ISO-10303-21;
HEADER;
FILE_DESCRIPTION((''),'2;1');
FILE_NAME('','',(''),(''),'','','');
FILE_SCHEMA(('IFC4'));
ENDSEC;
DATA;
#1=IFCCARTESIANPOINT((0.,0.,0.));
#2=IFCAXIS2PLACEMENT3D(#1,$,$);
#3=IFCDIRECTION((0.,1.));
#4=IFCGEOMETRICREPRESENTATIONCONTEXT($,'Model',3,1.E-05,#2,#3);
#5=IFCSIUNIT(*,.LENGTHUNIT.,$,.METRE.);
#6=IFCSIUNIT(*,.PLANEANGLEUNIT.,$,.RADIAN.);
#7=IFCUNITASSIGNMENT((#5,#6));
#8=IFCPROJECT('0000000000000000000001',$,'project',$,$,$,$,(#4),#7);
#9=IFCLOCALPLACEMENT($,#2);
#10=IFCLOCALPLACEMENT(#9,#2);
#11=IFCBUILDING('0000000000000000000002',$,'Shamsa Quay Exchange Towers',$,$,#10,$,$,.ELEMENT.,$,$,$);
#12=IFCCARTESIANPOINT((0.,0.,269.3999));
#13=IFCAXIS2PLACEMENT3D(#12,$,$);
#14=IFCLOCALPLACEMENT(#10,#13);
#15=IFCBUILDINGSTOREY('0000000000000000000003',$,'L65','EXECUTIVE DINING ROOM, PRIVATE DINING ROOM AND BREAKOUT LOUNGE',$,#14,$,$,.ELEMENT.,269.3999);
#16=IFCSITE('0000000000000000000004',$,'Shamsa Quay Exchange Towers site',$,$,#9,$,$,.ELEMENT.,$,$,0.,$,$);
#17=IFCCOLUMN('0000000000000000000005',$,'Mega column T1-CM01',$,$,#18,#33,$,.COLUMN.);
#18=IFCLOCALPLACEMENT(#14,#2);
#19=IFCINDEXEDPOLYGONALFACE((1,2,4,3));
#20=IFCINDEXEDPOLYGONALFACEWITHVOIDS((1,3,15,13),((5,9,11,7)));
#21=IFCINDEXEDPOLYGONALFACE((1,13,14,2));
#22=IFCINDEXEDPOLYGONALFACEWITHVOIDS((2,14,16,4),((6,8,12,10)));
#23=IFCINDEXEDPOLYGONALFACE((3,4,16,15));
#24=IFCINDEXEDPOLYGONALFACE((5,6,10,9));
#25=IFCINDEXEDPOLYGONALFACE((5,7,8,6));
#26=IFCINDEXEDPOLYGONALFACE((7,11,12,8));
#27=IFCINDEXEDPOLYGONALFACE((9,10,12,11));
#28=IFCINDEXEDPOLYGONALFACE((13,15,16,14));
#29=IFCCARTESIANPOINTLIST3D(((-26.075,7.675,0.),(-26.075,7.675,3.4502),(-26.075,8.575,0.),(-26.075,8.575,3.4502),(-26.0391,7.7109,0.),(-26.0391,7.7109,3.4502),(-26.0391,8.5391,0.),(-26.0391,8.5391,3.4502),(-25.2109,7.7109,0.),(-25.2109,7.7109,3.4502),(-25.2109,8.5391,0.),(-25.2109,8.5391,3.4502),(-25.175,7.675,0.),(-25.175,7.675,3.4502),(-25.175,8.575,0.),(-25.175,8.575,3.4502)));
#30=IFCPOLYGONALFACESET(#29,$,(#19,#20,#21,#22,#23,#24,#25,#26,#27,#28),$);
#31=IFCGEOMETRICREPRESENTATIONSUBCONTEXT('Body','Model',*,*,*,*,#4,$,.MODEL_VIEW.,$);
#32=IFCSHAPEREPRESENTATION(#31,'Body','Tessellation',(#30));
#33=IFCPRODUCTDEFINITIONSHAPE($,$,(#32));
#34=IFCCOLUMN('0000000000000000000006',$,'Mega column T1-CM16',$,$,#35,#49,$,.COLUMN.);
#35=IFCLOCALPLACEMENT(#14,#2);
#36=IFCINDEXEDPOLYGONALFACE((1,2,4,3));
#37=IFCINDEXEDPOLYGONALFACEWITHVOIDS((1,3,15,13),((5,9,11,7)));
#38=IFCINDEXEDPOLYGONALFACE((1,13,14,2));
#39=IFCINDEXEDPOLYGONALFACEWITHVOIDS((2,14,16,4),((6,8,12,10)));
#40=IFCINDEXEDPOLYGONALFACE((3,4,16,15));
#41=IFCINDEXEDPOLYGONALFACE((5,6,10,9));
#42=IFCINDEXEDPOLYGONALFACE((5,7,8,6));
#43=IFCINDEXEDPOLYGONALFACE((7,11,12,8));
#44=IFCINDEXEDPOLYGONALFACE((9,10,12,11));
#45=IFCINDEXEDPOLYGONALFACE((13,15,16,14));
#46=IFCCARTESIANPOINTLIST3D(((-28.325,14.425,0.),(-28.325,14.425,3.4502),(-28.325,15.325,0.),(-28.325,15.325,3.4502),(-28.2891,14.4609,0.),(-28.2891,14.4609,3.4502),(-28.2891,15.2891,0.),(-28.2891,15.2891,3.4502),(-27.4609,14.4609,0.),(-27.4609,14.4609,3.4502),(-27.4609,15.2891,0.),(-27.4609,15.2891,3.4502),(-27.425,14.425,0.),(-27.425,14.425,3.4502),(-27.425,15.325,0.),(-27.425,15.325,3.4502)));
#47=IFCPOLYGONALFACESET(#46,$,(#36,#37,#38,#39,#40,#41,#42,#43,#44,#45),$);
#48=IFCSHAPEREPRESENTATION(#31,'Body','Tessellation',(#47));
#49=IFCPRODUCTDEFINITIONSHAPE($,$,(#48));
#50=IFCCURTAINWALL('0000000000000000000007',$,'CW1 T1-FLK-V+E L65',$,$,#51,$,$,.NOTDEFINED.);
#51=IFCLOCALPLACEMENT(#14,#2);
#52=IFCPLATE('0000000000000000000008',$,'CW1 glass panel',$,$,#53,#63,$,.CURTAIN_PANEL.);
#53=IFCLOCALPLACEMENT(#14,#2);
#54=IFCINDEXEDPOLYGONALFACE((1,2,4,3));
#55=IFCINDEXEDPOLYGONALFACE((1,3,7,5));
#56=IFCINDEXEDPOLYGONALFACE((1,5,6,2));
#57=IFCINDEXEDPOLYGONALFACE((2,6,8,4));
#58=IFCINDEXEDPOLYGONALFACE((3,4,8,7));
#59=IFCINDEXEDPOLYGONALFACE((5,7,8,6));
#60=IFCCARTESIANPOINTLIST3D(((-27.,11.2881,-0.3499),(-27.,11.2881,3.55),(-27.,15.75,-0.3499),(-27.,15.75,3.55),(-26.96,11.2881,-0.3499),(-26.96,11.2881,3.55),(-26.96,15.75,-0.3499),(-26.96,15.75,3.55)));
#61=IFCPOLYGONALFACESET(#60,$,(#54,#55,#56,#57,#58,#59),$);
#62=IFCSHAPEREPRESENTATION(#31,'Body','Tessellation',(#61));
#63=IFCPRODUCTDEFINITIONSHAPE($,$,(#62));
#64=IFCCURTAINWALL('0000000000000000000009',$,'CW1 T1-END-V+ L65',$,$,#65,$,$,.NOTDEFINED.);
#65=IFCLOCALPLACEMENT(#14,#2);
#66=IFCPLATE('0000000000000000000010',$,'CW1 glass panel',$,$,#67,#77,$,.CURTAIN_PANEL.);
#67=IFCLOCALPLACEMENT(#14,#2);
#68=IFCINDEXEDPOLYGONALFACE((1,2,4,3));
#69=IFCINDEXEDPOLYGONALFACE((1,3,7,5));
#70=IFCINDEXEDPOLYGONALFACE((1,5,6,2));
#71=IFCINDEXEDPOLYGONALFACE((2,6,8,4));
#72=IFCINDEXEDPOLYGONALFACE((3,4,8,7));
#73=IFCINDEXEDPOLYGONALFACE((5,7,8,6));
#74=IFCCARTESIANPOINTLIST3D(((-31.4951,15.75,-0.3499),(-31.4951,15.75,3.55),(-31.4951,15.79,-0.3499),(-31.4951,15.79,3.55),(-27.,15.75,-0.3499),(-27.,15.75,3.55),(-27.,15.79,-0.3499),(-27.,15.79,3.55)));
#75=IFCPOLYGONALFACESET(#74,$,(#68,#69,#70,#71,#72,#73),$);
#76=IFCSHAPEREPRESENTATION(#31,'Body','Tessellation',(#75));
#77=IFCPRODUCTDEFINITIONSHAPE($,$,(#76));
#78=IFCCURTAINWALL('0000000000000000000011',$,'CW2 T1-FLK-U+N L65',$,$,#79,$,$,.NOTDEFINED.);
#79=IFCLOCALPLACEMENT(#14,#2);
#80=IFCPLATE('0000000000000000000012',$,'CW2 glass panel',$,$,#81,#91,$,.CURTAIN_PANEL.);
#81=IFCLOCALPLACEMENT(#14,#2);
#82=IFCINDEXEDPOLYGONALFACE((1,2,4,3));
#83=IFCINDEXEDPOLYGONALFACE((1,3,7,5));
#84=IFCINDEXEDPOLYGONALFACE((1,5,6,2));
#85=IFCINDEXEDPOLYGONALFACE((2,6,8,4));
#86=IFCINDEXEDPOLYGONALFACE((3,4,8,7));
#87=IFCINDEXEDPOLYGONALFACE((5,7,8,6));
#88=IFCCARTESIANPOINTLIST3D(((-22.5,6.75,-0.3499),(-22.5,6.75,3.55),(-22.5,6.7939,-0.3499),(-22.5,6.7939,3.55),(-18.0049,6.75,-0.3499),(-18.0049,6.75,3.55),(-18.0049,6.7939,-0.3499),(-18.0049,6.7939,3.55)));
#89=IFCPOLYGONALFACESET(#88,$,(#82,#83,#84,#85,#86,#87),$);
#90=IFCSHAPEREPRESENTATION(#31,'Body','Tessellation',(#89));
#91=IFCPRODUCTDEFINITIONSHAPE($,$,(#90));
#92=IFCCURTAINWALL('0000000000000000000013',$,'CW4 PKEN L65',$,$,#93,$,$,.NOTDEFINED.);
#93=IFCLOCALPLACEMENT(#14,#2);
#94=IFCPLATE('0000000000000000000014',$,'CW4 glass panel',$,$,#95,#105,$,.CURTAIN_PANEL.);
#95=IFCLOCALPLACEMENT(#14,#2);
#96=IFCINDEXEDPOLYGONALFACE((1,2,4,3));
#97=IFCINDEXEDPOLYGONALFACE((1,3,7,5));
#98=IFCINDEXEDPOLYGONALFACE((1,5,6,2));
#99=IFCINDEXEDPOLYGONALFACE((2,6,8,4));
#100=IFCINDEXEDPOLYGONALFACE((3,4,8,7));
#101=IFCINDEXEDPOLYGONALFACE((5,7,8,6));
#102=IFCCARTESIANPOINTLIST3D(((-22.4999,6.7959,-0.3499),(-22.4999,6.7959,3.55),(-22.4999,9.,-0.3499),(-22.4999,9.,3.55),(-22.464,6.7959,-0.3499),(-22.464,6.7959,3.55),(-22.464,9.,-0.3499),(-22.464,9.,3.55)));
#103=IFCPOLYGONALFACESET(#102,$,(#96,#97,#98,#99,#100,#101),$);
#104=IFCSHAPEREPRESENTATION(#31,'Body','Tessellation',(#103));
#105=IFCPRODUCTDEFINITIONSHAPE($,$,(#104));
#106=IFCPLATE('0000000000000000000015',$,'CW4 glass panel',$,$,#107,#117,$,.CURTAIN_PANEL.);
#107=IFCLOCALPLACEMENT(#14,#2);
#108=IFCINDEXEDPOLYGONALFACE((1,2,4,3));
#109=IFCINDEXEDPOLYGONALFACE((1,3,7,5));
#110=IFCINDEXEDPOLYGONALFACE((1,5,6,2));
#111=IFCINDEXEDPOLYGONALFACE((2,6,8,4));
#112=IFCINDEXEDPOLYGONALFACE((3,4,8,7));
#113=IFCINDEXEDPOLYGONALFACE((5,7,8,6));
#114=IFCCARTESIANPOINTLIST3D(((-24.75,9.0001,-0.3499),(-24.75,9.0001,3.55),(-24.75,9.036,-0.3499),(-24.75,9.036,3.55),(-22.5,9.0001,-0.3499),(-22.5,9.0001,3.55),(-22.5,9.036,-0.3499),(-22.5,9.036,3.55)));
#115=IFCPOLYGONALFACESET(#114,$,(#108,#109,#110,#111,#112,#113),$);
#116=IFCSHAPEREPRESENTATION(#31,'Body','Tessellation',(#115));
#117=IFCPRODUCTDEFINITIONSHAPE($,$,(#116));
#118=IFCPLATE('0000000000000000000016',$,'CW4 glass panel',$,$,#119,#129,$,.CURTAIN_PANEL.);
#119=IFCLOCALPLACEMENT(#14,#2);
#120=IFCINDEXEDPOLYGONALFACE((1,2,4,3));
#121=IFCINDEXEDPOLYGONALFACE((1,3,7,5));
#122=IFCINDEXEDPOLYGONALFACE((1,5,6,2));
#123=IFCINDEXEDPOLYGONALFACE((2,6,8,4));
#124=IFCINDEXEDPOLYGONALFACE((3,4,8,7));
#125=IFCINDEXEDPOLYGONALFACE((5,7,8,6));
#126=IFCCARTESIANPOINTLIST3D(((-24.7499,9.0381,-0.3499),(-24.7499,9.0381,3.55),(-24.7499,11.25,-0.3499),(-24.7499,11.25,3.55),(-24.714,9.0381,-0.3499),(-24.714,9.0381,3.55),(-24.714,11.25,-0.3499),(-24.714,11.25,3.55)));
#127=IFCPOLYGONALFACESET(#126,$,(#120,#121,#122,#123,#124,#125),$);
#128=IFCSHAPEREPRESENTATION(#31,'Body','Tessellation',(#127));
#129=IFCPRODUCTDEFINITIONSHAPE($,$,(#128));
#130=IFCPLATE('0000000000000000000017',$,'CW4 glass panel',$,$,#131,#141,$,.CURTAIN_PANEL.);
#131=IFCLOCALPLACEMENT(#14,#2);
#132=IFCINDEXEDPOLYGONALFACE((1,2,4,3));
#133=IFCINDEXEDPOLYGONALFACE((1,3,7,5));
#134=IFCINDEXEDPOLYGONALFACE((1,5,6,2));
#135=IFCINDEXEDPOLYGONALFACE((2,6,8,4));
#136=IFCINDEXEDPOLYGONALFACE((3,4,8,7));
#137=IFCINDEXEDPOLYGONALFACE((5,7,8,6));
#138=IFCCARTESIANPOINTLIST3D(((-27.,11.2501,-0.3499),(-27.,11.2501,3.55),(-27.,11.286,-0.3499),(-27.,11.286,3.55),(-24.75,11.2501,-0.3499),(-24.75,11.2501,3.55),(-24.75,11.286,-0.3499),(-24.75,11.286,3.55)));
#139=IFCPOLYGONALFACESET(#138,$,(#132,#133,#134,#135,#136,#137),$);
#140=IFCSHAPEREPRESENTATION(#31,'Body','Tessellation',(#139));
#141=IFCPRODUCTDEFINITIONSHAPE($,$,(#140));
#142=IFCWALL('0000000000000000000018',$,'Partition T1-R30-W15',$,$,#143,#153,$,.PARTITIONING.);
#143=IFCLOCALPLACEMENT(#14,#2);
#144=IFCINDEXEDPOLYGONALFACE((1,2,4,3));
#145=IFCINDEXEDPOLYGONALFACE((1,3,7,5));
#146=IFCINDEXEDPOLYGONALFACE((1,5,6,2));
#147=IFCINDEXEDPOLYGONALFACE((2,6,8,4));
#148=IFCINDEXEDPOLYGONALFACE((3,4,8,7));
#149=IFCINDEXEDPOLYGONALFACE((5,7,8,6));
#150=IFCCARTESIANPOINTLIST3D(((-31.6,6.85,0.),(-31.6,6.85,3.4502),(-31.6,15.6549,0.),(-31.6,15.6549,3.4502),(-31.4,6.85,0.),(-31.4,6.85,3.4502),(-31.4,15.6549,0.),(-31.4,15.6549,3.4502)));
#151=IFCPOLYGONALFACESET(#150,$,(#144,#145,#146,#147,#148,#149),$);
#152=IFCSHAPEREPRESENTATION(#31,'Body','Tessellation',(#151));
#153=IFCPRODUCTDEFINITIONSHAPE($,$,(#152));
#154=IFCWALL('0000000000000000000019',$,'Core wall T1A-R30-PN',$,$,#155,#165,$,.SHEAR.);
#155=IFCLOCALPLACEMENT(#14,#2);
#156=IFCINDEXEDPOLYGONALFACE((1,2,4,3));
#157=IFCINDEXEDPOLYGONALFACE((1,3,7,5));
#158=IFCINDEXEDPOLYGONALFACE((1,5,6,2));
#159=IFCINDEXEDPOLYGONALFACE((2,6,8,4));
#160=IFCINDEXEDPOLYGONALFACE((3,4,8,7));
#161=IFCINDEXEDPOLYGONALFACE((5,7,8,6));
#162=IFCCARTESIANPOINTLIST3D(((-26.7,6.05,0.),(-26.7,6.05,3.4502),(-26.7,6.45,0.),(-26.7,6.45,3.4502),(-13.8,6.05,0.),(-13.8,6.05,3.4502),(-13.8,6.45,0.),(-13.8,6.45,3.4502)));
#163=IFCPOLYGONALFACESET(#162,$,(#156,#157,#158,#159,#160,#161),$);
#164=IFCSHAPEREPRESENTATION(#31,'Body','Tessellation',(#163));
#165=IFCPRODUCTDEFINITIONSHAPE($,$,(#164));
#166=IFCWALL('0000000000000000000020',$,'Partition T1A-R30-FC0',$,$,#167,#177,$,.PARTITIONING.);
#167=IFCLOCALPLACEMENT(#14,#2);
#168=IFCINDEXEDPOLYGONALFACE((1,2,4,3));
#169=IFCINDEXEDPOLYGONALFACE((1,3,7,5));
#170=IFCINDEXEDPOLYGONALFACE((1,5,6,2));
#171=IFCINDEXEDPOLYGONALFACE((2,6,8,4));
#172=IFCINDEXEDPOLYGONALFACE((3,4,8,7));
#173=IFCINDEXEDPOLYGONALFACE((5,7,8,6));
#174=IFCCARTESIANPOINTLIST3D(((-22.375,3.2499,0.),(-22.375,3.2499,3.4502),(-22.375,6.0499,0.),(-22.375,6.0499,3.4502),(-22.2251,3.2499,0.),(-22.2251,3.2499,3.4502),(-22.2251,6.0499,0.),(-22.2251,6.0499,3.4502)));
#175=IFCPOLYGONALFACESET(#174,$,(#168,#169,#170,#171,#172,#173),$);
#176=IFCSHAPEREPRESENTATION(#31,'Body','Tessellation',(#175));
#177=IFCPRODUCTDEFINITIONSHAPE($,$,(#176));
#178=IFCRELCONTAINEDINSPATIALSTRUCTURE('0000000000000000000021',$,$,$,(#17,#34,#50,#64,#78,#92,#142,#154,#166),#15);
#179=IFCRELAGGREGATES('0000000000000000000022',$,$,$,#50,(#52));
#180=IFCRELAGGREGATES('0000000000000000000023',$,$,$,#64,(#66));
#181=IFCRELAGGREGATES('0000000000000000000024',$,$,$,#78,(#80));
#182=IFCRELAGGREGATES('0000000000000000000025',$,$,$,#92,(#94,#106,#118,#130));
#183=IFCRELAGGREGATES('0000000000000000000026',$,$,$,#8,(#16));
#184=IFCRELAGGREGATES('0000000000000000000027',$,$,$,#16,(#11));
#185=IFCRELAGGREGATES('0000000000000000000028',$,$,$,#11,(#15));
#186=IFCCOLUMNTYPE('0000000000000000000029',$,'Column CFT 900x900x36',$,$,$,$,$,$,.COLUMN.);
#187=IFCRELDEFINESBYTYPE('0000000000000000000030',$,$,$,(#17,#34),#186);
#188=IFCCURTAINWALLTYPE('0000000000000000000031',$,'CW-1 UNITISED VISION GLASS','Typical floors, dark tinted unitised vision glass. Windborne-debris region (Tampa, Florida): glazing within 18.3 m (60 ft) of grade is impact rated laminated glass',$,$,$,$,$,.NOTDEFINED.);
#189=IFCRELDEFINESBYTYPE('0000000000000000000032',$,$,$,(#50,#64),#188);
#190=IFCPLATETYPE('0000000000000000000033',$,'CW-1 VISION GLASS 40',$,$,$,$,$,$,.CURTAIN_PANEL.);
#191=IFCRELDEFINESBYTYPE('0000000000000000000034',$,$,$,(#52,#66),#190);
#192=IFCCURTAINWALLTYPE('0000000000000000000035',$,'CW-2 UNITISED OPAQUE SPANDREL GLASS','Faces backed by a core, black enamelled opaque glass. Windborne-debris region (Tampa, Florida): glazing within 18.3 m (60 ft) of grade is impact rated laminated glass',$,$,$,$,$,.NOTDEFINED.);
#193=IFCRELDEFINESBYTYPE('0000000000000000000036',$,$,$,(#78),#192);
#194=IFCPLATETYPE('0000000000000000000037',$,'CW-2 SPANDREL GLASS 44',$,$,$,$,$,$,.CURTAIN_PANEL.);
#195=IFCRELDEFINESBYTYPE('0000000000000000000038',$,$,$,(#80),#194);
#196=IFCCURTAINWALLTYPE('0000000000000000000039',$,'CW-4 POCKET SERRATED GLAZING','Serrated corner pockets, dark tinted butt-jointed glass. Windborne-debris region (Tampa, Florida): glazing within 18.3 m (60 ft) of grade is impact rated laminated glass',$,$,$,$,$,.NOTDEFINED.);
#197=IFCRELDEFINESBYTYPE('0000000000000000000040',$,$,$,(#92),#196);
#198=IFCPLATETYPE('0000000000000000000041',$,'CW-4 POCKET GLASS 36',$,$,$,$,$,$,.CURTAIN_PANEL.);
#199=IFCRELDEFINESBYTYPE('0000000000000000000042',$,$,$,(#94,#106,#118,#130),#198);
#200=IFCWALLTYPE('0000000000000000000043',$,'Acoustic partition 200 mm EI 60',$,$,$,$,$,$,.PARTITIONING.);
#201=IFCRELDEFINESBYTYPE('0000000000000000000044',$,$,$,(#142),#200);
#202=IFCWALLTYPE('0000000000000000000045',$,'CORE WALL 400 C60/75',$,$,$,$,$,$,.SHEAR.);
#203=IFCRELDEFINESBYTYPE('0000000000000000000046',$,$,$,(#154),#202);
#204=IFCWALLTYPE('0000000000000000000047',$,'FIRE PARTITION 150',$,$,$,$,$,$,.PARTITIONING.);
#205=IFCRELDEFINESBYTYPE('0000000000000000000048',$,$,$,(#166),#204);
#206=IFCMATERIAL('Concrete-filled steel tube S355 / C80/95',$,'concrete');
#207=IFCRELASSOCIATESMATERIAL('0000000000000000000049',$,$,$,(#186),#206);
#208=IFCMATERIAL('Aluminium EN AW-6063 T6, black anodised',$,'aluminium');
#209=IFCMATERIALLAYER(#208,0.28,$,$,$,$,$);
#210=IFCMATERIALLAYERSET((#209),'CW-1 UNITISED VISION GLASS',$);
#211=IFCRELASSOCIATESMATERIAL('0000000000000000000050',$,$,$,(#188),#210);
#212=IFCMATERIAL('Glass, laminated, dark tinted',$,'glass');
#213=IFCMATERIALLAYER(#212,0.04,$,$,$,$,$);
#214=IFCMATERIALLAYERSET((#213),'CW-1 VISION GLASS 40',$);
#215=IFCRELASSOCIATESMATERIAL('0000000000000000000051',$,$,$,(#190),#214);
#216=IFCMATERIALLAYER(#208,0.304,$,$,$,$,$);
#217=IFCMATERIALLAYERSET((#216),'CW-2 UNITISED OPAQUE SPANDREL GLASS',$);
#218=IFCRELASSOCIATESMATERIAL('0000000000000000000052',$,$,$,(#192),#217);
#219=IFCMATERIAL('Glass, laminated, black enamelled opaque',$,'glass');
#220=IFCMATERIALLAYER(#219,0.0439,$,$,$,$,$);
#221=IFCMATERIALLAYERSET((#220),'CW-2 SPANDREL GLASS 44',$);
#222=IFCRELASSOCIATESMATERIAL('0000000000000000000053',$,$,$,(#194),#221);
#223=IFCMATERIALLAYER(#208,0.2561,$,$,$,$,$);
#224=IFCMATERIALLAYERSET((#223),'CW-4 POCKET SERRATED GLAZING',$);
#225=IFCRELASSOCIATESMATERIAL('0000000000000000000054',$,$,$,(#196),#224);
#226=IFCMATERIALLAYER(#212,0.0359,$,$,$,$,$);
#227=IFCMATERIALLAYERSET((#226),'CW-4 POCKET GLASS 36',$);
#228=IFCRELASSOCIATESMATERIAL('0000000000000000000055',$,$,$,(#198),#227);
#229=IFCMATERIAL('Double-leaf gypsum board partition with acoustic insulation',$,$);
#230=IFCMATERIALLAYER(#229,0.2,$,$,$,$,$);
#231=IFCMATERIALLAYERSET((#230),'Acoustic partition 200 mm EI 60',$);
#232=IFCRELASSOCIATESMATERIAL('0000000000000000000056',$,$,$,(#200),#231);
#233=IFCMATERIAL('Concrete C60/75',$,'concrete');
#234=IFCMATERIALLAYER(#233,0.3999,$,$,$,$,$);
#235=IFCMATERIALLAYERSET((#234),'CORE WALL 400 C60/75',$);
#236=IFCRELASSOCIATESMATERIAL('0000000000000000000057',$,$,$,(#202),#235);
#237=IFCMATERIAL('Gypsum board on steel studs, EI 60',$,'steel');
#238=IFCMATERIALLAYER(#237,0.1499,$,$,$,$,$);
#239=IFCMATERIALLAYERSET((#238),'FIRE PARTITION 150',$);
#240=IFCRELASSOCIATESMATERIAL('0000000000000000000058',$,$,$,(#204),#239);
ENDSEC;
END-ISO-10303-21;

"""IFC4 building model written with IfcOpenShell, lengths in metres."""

from ifc_helpers import new_model, si_unit, direction, frame, frame_2d, origin, origin_2d, place, context, subcontext, project, spatial, rectangle, hollow_rectangle, extrude, material, layer, layer_set, material_profile, profile_set, type_object, element, aggregate, save


model = new_model("IFC4")

# Units and contexts
model_context = context("Model", 3, precision=1e-05, world=origin(), true_north=direction((0.0, 1.0)))
body_context = subcontext(model_context, "Body", "Model", "MODEL_VIEW")
ifc_project = project(units=[si_unit("LENGTHUNIT", "METRE"), si_unit("PLANEANGLEUNIT", "RADIAN")], contexts=[model_context])

# Site, building, storey
site_placement = place(None, origin())
site = spatial("IfcSite", under=ifc_project, at=site_placement, Name="Shamsa Quay Exchange Towers site", CompositionType="ELEMENT", RefElevation=0.0)
building_placement = place(site_placement, origin())
building = spatial("IfcBuilding", under=site, at=building_placement, Name="Shamsa Quay Exchange Towers", CompositionType="ELEMENT")
storey_placement = place(building_placement, frame((0.0, 0.0, 269.3999)))
storey = spatial("IfcBuildingStorey", under=building, at=storey_placement, Name="L65", Description="EXECUTIVE DINING ROOM, PRIVATE DINING ROOM AND BREAKOUT LOUNGE", CompositionType="ELEMENT", Elevation=269.3999)

# Columns
ifc_material_1 = material(Name="Concrete-filled steel tube S355 / C80/95", Category="concrete")
ifc_material_profile = material_profile(ifc_material_1, hollow_rectangle(XDim=0.8999, YDim=0.8999, WallThickness=0.0359, at=origin_2d()), Name="CFT 900x900x36")
ifc_profile_set = profile_set([ifc_material_profile], Name="Concrete-filled steel tube S355 / C80/95")
column_type = type_object("IfcColumnType", Name="Column CFT 900x900x36", PredefinedType="COLUMN", material=ifc_profile_set)
for number, where, name in (
    (1, (-25.625, 8.125, 0.0), "Mega column T1-CM01"),
    (2, (-27.875, 14.875, 0.0), "Mega column T1-CM16"),
):
    element("IfcColumn", number, at=place(storey_placement, frame(where)), inside=storey, type_object=column_type, Name=name, PredefinedType="COLUMN", context=body_context, shape_type="SweptSolid", body=[
        extrude(hollow_rectangle(XDim=0.8999, YDim=0.8999, WallThickness=0.0359, at=origin_2d()), origin(), (0.0, 0.0, 1.0), 3.4502),
    ])

# Curtain walls, plates
ifc_material_2 = material(Name="Aluminium EN AW-6063 T6, black anodised", Category="aluminium")
ifc_layer_1 = layer(ifc_material_2, 0.28)
ifc_layer_set_1 = layer_set([ifc_layer_1], Name="CW-1 UNITISED VISION GLASS")
curtain_wall_type_1 = type_object("IfcCurtainWallType", Name="CW-1 UNITISED VISION GLASS", Description="Typical floors, dark tinted unitised vision glass. Windborne-debris region (Tampa, Florida): glazing within 18.3 m (60 ft) of grade is impact rated laminated glass", PredefinedType="NOTDEFINED", material=ifc_layer_set_1)
curtain_wall_1_placement = place(storey_placement, origin())
curtain_wall_1 = element("IfcCurtainWall", 3, at=curtain_wall_1_placement, inside=storey, type_object=curtain_wall_type_1, Name="CW1 T1-FLK-V+E L65", PredefinedType="NOTDEFINED")
ifc_material_3 = material(Name="Glass, laminated, dark tinted", Category="glass")
ifc_layer_2 = layer(ifc_material_3, 0.04)
ifc_layer_set_2 = layer_set([ifc_layer_2], Name="CW-1 VISION GLASS 40")
plate_type_1 = type_object("IfcPlateType", Name="CW-1 VISION GLASS 40", PredefinedType="CURTAIN_PANEL", material=ifc_layer_set_2)
plate_1_placement = place(storey_placement, frame((-26.98, 13.519, -0.3499), z_axis=(0.0, 0.0, 1.0), x_axis=(0.0, 1.0, 0.0)))
plate_1 = element("IfcPlate", 4, at=plate_1_placement, type_object=plate_type_1, Name="CW1 glass panel", PredefinedType="CURTAIN_PANEL", context=body_context, shape_type="SweptSolid", body=[
    extrude(rectangle(XDim=4.4619, YDim=0.04, at=origin_2d()), origin(), (0.0, 0.0, 1.0), 3.8999),
])
aggregate(curtain_wall_1, [plate_1])
curtain_wall_2_placement = place(storey_placement, origin())
curtain_wall_2 = element("IfcCurtainWall", 5, at=curtain_wall_2_placement, inside=storey, type_object=curtain_wall_type_1, Name="CW1 T1-END-V+ L65", PredefinedType="NOTDEFINED")
plate_2_placement = place(storey_placement, frame((-29.2476, 15.77, -0.3499), z_axis=(0.0, 0.0, 1.0), x_axis=(-1.0, 0.0, 0.0)))
plate_2 = element("IfcPlate", 6, at=plate_2_placement, type_object=plate_type_1, Name="CW1 glass panel", PredefinedType="CURTAIN_PANEL", context=body_context, shape_type="SweptSolid", body=[
    extrude(rectangle(XDim=4.4951, YDim=0.04, at=origin_2d()), origin(), (0.0, 0.0, 1.0), 3.8999),
])
aggregate(curtain_wall_2, [plate_2])
ifc_layer_3 = layer(ifc_material_2, 0.304)
ifc_layer_set_3 = layer_set([ifc_layer_3], Name="CW-2 UNITISED OPAQUE SPANDREL GLASS")
curtain_wall_type_2 = type_object("IfcCurtainWallType", Name="CW-2 UNITISED OPAQUE SPANDREL GLASS", Description="Faces backed by a core, black enamelled opaque glass. Windborne-debris region (Tampa, Florida): glazing within 18.3 m (60 ft) of grade is impact rated laminated glass", PredefinedType="NOTDEFINED", material=ifc_layer_set_3)
curtain_wall_3_placement = place(storey_placement, origin())
curtain_wall_3 = element("IfcCurtainWall", 7, at=curtain_wall_3_placement, inside=storey, type_object=curtain_wall_type_2, Name="CW2 T1-FLK-U+N L65", PredefinedType="NOTDEFINED")
ifc_material_4 = material(Name="Glass, laminated, black enamelled opaque", Category="glass")
ifc_layer_4 = layer(ifc_material_4, 0.0439)
ifc_layer_set_4 = layer_set([ifc_layer_4], Name="CW-2 SPANDREL GLASS 44")
plate_type_2 = type_object("IfcPlateType", Name="CW-2 SPANDREL GLASS 44", PredefinedType="CURTAIN_PANEL", material=ifc_layer_set_4)
plate_3_placement = place(storey_placement, frame((-20.2524, 6.772, -0.3499), z_axis=(0.0, 0.0, 1.0), x_axis=(-1.0, 0.0, 0.0)))
plate_3 = element("IfcPlate", 8, at=plate_3_placement, type_object=plate_type_2, Name="CW2 glass panel", PredefinedType="CURTAIN_PANEL", context=body_context, shape_type="SweptSolid", body=[
    extrude(rectangle(XDim=4.4951, YDim=0.0439, at=origin_2d()), origin(), (0.0, 0.0, 1.0), 3.8999),
])
aggregate(curtain_wall_3, [plate_3])

# Curtain wall, plates
ifc_layer_5 = layer(ifc_material_2, 0.2561)
ifc_layer_set_5 = layer_set([ifc_layer_5], Name="CW-4 POCKET SERRATED GLAZING")
curtain_wall_type_3 = type_object("IfcCurtainWallType", Name="CW-4 POCKET SERRATED GLAZING", Description="Serrated corner pockets, dark tinted butt-jointed glass. Windborne-debris region (Tampa, Florida): glazing within 18.3 m (60 ft) of grade is impact rated laminated glass", PredefinedType="NOTDEFINED", material=ifc_layer_set_5)
curtain_wall_4_placement = place(storey_placement, origin())
curtain_wall_4 = element("IfcCurtainWall", 9, at=curtain_wall_4_placement, inside=storey, type_object=curtain_wall_type_3, Name="CW4 PKEN L65", PredefinedType="NOTDEFINED")
ifc_layer_6 = layer(ifc_material_3, 0.0359)
ifc_layer_set_6 = layer_set([ifc_layer_6], Name="CW-4 POCKET GLASS 36")
plate_type_3 = type_object("IfcPlateType", Name="CW-4 POCKET GLASS 36", PredefinedType="CURTAIN_PANEL", material=ifc_layer_set_6)
plate_4_placement = place(storey_placement, frame((-22.4819, 7.8979, -0.3499), z_axis=(0.0, 0.0, 1.0), x_axis=(0.0, 1.0, 0.0)))
plate_4 = element("IfcPlate", 10, at=plate_4_placement, type_object=plate_type_3, Name="CW4 glass panel", PredefinedType="CURTAIN_PANEL", context=body_context, shape_type="SweptSolid", body=[
    extrude(rectangle(XDim=2.2041, YDim=0.0359, at=origin_2d()), origin(), (0.0, 0.0, 1.0), 3.8999),
])
plate_5_placement = place(storey_placement, frame((-23.625, 9.0181, -0.3499), z_axis=(0.0, 0.0, 1.0), x_axis=(-1.0, 0.0, 0.0)))
plate_5 = element("IfcPlate", 11, at=plate_5_placement, type_object=plate_type_3, Name="CW4 glass panel", PredefinedType="CURTAIN_PANEL", context=body_context, shape_type="SweptSolid", body=[
    extrude(rectangle(XDim=2.25, YDim=0.0359, at=origin_2d()), origin(), (0.0, 0.0, 1.0), 3.8999),
])
plate_6_placement = place(storey_placement, frame((-24.7319, 10.144, -0.3499), z_axis=(0.0, 0.0, 1.0), x_axis=(0.0, 1.0, 0.0)))
plate_6 = element("IfcPlate", 12, at=plate_6_placement, type_object=plate_type_3, Name="CW4 glass panel", PredefinedType="CURTAIN_PANEL", context=body_context, shape_type="SweptSolid", body=[
    extrude(rectangle(XDim=2.2119, YDim=0.0359, at=origin_2d()), origin(), (0.0, 0.0, 1.0), 3.8999),
])
plate_7_placement = place(storey_placement, frame((-25.875, 11.2681, -0.3499), z_axis=(0.0, 0.0, 1.0), x_axis=(-1.0, 0.0, 0.0)))
plate_7 = element("IfcPlate", 13, at=plate_7_placement, type_object=plate_type_3, Name="CW4 glass panel", PredefinedType="CURTAIN_PANEL", context=body_context, shape_type="SweptSolid", body=[
    extrude(rectangle(XDim=2.25, YDim=0.0359, at=origin_2d()), origin(), (0.0, 0.0, 1.0), 3.8999),
])
aggregate(curtain_wall_4, [plate_4, plate_5, plate_6, plate_7])

# Walls
ifc_material_5 = material(Name="Double-leaf gypsum board partition with acoustic insulation")
ifc_layer_7 = layer(ifc_material_5, 0.2)
ifc_layer_set_7 = layer_set([ifc_layer_7], Name="Acoustic partition 200 mm EI 60")
wall_type_1 = type_object("IfcWallType", Name="Acoustic partition 200 mm EI 60", PredefinedType="PARTITIONING", material=ifc_layer_set_7)
wall_1_placement = place(storey_placement, frame((-31.5, 6.8501, 0.0), z_axis=(0.0, 0.0, 1.0), x_axis=(0.0, 1.0, 0.0)))
element("IfcWall", 14, at=wall_1_placement, inside=storey, type_object=wall_type_1, Name="Partition T1-R30-W15", PredefinedType="PARTITIONING", context=body_context, shape_type="SweptSolid", body=[
    extrude(rectangle(XDim=8.8049, YDim=0.2, at=frame_2d((4.4023, 0.0))), origin(), (0.0, 0.0, 1.0), 3.4502),
])
ifc_material_6 = material(Name="Concrete C60/75", Category="concrete")
ifc_layer_8 = layer(ifc_material_6, 0.3999)
ifc_layer_set_8 = layer_set([ifc_layer_8], Name="CORE WALL 400 C60/75")
wall_type_2 = type_object("IfcWallType", Name="CORE WALL 400 C60/75", PredefinedType="SHEAR", material=ifc_layer_set_8)
wall_2_placement = place(storey_placement, frame((-26.7, 6.25, 0.0)))
element("IfcWall", 15, at=wall_2_placement, inside=storey, type_object=wall_type_2, Name="Core wall T1A-R30-PN", PredefinedType="SHEAR", context=body_context, shape_type="SweptSolid", body=[
    extrude(rectangle(XDim=12.8999, YDim=0.3999, at=frame_2d((6.45, 0.0))), origin(), (0.0, 0.0, 1.0), 3.4502),
])

# Wall
ifc_material_7 = material(Name="Gypsum board on steel studs, EI 60", Category="steel")
ifc_layer_9 = layer(ifc_material_7, 0.1499)
ifc_layer_set_9 = layer_set([ifc_layer_9], Name="FIRE PARTITION 150")
wall_type_3 = type_object("IfcWallType", Name="FIRE PARTITION 150", PredefinedType="PARTITIONING", material=ifc_layer_set_9)
wall_3_placement = place(storey_placement, frame((-22.3, 3.25, 0.0), z_axis=(0.0, 0.0, 1.0), x_axis=(0.0, 1.0, 0.0)))
element("IfcWall", 16, at=wall_3_placement, inside=storey, type_object=wall_type_3, Name="Partition T1A-R30-FC0", PredefinedType="PARTITIONING", context=body_context, shape_type="SweptSolid", body=[
    extrude(rectangle(XDim=2.8, YDim=0.1499, at=frame_2d((1.3999, 0.0))), origin(), (0.0, 0.0, 1.0), 3.4502),
])

save(model, "model.ifc")
